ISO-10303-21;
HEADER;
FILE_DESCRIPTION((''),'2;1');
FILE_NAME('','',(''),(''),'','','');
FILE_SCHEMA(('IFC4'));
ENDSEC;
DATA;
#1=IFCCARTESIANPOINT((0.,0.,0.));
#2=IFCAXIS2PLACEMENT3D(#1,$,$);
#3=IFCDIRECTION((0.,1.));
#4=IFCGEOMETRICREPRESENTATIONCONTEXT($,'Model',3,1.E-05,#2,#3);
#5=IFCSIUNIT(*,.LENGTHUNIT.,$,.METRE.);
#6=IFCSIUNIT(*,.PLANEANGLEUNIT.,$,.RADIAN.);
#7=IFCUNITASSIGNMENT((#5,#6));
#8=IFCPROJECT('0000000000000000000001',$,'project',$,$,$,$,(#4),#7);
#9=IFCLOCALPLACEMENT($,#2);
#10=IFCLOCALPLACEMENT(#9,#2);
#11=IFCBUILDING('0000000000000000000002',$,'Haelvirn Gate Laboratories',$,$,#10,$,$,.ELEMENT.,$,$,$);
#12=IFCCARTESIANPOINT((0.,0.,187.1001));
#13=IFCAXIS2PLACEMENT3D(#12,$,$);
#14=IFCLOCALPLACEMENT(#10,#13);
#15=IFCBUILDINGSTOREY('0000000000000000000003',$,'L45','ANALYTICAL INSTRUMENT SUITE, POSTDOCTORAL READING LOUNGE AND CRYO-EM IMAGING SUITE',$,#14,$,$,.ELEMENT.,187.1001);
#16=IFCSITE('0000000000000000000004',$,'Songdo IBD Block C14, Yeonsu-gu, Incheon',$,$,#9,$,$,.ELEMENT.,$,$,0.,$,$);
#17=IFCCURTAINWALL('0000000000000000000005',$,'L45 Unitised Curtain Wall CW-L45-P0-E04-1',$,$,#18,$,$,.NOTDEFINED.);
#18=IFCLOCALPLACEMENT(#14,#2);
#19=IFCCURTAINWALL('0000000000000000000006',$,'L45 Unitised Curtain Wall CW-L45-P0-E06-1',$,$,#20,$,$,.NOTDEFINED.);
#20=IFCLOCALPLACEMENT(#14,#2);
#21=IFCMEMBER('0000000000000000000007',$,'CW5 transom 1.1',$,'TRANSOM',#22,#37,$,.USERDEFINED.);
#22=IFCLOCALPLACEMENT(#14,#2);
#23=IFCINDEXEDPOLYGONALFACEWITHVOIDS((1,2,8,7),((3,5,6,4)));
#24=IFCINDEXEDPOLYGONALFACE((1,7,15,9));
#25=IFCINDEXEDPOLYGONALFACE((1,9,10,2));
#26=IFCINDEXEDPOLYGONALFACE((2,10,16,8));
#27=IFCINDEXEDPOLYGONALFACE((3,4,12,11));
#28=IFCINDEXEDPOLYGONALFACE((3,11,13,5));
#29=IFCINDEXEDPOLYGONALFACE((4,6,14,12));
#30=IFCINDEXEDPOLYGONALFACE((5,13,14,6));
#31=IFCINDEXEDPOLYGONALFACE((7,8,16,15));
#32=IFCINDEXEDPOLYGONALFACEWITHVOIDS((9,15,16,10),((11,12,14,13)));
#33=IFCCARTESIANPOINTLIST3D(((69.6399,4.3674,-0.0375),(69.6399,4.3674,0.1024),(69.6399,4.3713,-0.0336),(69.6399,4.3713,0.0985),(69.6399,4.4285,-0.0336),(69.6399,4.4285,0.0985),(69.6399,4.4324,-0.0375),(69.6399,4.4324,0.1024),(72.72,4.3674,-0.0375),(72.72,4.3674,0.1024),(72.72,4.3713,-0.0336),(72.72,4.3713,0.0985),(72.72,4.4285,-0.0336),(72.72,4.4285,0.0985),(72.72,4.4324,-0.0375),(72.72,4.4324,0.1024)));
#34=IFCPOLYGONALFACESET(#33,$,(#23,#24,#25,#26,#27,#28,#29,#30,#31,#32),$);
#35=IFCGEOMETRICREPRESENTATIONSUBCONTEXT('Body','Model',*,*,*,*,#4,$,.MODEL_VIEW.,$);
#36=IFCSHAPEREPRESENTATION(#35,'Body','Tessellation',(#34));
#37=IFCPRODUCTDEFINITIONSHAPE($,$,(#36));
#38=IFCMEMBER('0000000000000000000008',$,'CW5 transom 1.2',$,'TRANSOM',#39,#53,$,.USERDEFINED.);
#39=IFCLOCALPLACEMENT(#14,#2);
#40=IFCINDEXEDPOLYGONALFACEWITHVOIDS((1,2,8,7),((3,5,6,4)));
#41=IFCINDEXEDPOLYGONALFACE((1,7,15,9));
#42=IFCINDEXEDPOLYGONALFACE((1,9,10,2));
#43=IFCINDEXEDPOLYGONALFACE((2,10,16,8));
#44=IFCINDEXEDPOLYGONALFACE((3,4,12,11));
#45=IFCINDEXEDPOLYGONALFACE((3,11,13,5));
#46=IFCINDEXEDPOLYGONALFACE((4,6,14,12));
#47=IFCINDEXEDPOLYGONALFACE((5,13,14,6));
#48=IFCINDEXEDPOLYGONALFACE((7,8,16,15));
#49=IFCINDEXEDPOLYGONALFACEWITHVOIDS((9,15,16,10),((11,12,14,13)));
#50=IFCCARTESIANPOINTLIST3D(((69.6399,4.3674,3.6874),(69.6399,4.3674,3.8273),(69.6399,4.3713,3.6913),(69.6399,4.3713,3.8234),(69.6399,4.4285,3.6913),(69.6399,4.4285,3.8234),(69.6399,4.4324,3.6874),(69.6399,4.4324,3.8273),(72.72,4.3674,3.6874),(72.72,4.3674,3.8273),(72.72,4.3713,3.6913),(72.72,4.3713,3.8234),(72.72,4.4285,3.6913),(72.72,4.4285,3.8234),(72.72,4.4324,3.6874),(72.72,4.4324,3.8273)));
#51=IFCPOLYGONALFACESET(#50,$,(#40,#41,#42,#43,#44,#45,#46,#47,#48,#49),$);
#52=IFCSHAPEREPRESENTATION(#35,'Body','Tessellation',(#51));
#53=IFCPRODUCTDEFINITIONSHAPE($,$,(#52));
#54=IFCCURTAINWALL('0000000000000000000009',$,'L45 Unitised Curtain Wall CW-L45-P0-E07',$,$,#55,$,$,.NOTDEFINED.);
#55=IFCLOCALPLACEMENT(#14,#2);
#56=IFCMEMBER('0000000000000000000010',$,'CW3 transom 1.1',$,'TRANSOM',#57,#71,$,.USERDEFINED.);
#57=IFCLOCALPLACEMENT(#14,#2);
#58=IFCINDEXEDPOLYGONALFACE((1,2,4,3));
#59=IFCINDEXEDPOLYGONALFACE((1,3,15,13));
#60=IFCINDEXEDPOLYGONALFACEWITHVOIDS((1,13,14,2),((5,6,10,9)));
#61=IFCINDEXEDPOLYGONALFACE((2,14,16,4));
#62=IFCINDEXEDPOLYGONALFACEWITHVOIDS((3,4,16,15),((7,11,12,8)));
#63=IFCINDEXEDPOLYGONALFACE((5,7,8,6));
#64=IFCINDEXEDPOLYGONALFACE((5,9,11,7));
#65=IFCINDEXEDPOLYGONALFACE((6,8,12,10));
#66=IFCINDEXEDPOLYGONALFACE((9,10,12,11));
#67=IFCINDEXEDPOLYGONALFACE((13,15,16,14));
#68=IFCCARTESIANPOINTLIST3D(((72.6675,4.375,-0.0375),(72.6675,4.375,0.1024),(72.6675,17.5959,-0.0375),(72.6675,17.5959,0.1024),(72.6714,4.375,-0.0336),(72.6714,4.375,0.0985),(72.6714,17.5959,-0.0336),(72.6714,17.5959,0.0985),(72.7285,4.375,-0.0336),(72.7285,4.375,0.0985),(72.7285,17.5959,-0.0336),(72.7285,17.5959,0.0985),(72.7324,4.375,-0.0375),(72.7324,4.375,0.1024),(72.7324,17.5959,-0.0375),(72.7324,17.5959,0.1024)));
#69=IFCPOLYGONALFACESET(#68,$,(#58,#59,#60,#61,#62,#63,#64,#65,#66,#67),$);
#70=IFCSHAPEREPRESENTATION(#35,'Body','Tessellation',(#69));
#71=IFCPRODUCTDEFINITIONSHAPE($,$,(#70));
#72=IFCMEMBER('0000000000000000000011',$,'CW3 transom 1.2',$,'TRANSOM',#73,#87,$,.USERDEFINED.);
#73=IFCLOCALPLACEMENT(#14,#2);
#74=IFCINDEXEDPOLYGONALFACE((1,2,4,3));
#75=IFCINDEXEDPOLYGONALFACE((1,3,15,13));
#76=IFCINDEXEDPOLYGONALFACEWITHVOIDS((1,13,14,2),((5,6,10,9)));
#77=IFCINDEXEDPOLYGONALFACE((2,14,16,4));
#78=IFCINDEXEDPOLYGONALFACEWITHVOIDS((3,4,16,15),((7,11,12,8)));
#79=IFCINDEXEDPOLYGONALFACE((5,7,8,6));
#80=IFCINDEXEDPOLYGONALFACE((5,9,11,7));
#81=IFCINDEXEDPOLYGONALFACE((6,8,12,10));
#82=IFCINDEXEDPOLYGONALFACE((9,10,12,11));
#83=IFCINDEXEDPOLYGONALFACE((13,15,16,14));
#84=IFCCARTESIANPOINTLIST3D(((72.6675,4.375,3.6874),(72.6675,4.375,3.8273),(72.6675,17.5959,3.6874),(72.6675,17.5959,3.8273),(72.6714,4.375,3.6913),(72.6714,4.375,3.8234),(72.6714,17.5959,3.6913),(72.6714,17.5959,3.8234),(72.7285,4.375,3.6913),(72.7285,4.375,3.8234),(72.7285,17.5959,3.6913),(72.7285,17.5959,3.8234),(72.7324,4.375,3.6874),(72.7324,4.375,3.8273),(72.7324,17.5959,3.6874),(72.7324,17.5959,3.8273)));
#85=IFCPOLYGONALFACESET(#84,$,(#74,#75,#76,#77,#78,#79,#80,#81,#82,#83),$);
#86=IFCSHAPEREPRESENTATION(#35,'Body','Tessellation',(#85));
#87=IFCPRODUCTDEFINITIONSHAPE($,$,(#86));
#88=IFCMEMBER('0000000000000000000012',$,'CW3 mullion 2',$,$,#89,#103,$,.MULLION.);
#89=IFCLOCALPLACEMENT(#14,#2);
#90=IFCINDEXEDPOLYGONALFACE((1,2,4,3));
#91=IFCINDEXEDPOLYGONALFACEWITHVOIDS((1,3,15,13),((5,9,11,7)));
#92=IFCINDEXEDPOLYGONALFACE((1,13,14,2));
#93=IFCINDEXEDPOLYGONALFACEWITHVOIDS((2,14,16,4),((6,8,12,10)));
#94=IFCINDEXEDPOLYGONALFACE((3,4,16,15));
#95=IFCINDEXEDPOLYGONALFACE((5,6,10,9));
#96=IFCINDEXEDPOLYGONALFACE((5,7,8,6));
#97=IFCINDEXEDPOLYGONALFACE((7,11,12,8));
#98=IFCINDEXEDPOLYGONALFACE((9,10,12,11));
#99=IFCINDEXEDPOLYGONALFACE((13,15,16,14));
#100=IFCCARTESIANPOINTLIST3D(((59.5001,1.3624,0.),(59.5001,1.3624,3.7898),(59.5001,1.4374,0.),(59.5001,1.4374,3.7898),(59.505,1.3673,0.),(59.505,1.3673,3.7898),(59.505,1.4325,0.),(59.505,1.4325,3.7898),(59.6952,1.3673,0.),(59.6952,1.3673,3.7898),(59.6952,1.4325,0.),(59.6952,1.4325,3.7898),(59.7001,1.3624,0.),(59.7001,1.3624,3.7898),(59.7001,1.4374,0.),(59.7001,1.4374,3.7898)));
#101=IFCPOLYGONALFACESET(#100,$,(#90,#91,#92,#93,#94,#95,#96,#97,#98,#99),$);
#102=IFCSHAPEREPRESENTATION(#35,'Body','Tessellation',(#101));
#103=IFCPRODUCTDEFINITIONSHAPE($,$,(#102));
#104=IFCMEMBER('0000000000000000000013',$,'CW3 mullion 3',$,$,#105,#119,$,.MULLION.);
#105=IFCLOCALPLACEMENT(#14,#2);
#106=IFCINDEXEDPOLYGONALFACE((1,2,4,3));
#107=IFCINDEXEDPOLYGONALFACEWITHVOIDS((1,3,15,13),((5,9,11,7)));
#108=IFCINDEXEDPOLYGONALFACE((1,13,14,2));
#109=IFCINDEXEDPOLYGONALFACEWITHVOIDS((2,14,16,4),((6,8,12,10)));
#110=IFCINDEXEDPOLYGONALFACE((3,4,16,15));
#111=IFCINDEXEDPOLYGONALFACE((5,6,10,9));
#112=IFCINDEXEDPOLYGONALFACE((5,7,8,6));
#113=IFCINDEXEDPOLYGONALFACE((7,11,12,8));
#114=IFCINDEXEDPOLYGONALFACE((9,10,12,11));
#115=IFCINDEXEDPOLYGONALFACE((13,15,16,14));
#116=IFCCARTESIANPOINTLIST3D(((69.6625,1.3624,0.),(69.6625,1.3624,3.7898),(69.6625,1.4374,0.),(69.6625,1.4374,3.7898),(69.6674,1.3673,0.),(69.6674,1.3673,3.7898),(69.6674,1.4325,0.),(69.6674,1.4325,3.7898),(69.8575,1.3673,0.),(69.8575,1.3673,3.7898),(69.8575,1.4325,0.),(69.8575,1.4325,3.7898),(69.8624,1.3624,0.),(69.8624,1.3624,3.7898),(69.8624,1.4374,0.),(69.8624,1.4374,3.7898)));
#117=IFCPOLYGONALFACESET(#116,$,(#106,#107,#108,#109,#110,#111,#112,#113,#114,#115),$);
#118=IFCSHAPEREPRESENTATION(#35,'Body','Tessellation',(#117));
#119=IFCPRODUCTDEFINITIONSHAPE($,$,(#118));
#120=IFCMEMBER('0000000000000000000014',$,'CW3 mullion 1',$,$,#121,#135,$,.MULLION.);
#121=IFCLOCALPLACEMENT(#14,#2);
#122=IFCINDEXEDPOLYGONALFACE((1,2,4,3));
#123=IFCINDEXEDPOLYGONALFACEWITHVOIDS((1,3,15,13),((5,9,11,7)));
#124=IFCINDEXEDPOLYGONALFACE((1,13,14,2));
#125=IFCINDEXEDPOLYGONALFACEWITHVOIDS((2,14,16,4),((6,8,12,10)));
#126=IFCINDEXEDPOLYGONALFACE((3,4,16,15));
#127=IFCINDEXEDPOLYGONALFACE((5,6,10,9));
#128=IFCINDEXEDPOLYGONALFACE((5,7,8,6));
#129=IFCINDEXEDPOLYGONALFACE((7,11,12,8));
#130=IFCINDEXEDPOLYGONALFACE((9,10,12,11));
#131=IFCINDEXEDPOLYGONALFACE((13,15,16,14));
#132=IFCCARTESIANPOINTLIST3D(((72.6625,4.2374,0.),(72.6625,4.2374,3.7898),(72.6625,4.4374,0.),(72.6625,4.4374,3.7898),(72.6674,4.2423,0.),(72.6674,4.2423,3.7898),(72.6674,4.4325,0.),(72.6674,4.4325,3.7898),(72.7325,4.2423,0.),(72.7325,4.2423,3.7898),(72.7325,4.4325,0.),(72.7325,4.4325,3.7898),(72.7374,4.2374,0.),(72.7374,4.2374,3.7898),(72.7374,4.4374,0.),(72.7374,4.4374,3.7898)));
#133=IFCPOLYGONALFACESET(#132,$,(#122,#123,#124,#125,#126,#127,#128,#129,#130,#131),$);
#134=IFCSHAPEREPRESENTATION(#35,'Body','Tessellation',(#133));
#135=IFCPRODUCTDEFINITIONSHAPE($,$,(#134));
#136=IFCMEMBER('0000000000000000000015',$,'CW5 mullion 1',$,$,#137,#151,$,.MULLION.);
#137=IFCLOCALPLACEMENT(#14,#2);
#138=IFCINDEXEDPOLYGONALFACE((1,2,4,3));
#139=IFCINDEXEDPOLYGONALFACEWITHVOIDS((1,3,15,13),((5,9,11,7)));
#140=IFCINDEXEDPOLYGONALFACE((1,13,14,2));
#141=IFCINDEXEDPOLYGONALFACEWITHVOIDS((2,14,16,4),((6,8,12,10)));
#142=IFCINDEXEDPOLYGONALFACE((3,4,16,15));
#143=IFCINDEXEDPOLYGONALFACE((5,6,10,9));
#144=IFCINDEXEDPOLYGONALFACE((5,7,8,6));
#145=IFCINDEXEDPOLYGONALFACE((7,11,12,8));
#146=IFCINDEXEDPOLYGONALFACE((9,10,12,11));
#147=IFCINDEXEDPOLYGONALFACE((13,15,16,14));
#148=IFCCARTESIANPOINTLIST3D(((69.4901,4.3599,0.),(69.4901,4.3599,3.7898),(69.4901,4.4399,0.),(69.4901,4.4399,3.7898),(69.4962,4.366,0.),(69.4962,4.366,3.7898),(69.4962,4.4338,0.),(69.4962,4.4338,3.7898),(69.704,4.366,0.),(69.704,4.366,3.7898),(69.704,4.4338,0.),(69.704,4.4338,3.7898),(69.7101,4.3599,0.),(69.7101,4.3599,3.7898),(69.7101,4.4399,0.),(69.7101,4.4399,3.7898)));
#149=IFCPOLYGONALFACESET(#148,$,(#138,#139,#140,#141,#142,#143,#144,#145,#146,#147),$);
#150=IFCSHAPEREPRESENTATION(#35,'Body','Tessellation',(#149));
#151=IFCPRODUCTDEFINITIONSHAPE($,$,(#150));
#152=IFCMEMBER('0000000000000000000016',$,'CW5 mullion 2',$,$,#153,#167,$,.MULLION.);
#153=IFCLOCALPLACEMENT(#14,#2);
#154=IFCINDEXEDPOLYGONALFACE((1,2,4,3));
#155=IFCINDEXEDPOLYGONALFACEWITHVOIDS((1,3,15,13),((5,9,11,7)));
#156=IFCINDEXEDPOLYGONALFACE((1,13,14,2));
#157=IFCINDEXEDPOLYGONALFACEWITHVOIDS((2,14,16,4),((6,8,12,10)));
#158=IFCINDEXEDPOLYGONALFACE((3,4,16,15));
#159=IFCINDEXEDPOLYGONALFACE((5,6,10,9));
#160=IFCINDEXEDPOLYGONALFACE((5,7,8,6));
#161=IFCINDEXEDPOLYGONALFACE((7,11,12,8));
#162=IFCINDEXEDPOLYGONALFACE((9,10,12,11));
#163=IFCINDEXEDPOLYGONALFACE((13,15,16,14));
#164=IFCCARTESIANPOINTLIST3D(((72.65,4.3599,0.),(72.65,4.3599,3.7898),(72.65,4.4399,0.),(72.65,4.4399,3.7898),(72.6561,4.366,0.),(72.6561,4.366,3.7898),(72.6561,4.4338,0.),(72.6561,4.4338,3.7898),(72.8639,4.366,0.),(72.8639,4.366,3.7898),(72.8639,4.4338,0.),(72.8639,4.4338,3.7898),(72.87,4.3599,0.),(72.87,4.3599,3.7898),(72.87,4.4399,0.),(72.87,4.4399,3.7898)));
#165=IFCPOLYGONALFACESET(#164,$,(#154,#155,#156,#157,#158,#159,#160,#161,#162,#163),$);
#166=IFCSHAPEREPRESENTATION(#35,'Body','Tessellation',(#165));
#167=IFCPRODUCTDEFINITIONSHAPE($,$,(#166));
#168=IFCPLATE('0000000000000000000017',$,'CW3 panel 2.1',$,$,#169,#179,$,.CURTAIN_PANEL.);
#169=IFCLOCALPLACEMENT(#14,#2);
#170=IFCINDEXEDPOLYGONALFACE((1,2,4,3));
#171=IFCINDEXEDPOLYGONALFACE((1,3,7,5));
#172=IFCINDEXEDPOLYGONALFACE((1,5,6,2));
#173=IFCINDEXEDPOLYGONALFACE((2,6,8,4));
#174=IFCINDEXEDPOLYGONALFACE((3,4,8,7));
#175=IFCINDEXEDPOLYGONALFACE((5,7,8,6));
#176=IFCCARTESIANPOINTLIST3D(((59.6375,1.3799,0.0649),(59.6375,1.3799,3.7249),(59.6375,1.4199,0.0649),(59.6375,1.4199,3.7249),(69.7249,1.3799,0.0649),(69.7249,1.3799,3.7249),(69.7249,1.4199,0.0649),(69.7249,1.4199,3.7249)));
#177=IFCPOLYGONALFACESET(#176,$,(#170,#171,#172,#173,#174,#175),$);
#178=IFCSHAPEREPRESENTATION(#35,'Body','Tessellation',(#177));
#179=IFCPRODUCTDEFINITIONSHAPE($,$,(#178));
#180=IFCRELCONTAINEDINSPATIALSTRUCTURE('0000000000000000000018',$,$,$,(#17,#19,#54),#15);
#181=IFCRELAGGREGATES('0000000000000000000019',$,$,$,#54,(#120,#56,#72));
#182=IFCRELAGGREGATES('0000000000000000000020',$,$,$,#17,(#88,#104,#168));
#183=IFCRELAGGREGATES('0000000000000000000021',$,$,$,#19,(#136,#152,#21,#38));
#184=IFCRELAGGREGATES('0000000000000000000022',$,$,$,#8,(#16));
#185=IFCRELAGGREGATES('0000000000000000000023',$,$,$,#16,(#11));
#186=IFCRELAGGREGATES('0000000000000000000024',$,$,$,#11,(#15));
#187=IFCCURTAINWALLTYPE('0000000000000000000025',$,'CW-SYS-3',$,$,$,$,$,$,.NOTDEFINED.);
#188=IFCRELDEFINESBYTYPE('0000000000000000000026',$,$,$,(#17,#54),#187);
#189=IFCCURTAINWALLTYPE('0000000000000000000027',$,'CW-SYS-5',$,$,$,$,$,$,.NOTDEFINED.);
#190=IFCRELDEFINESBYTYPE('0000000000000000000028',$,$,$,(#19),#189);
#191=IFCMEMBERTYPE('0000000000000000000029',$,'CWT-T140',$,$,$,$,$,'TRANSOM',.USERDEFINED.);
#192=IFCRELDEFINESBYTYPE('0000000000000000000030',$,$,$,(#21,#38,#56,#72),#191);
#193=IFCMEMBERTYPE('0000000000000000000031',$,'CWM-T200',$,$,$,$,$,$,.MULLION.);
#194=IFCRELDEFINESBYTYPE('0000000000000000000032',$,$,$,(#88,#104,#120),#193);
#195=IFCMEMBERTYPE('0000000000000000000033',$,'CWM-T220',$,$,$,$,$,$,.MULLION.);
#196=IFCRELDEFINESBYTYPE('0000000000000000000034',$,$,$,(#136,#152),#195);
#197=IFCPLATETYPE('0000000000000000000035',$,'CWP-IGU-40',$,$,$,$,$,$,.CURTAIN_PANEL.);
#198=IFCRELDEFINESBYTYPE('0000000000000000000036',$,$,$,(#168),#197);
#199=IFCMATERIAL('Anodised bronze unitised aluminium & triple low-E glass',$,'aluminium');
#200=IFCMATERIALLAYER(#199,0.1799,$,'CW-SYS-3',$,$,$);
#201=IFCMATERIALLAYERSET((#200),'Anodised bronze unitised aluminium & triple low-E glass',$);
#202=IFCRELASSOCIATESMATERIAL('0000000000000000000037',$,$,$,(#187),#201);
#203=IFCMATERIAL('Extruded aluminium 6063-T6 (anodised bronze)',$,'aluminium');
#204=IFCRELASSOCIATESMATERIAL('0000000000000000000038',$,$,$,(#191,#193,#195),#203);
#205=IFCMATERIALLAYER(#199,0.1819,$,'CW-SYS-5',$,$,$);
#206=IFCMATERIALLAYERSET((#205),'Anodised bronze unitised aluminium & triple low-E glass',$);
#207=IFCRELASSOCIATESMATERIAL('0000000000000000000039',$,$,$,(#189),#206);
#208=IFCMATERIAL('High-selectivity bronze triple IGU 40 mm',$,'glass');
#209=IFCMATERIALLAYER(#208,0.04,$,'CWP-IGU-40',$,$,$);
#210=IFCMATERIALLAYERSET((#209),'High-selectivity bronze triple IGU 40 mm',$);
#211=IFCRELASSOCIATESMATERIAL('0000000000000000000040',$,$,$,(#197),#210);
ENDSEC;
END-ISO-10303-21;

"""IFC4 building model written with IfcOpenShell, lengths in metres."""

from ifc_helpers import new_model, si_unit, direction, frame, origin, origin_2d, place, context, subcontext, project, spatial, rectangle, hollow_rectangle, extrude, source, transform, mapped, material, layer, layer_set, material_profile, profile_set, type_object, type_shapes, element, aggregate, save


model = new_model("IFC4")

# Units and contexts
model_context = context("Model", 3, precision=1e-05, world=origin(), true_north=direction((0.0, 1.0)))
body_context = subcontext(model_context, "Body", "Model", "MODEL_VIEW")
ifc_project = project(units=[si_unit("LENGTHUNIT", "METRE"), si_unit("PLANEANGLEUNIT", "RADIAN")], contexts=[model_context])

# Site, building, storey
site_placement = place(None, origin())
site = spatial("IfcSite", under=ifc_project, at=site_placement, Name="Songdo IBD Block C14, Yeonsu-gu, Incheon", CompositionType="ELEMENT", RefElevation=0.0)
building_placement = place(site_placement, origin())
building = spatial("IfcBuilding", under=site, at=building_placement, Name="Haelvirn Gate Laboratories", CompositionType="ELEMENT")
storey_placement = place(building_placement, frame((0.0, 0.0, 187.1001)))
storey = spatial("IfcBuildingStorey", under=building, at=storey_placement, Name="L45", Description="ANALYTICAL INSTRUMENT SUITE, POSTDOCTORAL READING LOUNGE AND CRYO-EM IMAGING SUITE", CompositionType="ELEMENT", Elevation=187.1001)

# Curtain walls, members
ifc_material_1 = material(Name="Anodised bronze unitised aluminium & triple low-E glass", Category="aluminium")
ifc_layer_1 = layer(ifc_material_1, 0.1799, Name="CW-SYS-3")
ifc_layer_set_1 = layer_set([ifc_layer_1], Name="Anodised bronze unitised aluminium & triple low-E glass")
curtain_wall_type_1 = type_object("IfcCurtainWallType", Name="CW-SYS-3", PredefinedType="NOTDEFINED", material=ifc_layer_set_1)
curtain_wall_1_placement = place(storey_placement, origin())
curtain_wall_1 = element("IfcCurtainWall", 1, at=curtain_wall_1_placement, inside=storey, type_object=curtain_wall_type_1, Name="L45 Unitised Curtain Wall CW-L45-P0-E04-1", PredefinedType="NOTDEFINED")
ifc_material_2 = material(Name="Extruded aluminium 6063-T6 (anodised bronze)", Category="aluminium")
ifc_material_profile_1 = material_profile(ifc_material_2, hollow_rectangle(XDim=0.0649, YDim=0.1399, WallThickness=0.0039, at=origin_2d()), Name="CWT-140x65x4")
ifc_profile_set_1 = profile_set([ifc_material_profile_1], Name="Extruded aluminium 6063-T6 (anodised bronze)")
member_type_1 = type_object("IfcMemberType", Name="CWT-T140", ElementType="TRANSOM", PredefinedType="USERDEFINED", material=ifc_profile_set_1)
ifc_layer_2 = layer(ifc_material_1, 0.1819, Name="CW-SYS-5")
ifc_layer_set_2 = layer_set([ifc_layer_2], Name="Anodised bronze unitised aluminium & triple low-E glass")
curtain_wall_type_2 = type_object("IfcCurtainWallType", Name="CW-SYS-5", PredefinedType="NOTDEFINED", material=ifc_layer_set_2)
curtain_wall_2_placement = place(storey_placement, origin())
curtain_wall_2 = element("IfcCurtainWall", 2, at=curtain_wall_2_placement, inside=storey, type_object=curtain_wall_type_2, Name="L45 Unitised Curtain Wall CW-L45-P0-E06-1", PredefinedType="NOTDEFINED")
shared_shape_1 = source(origin(), body_context, "Body", "SweptSolid", [
    extrude(hollow_rectangle(XDim=0.0649, YDim=0.1399, WallThickness=0.0039, at=origin_2d()), origin(), (0.0, 0.0, 1.0), 3.0801),
])
member_1_placement = place(storey_placement, frame((69.6399, 4.3999, 0.0325), z_axis=(1.0, 0.0, 0.0), x_axis=(0.0, 1.0, 0.0)))
member_1 = element("IfcMember", 3, at=member_1_placement, type_object=member_type_1, Name="CW5 transom 1.1", ObjectType="TRANSOM", PredefinedType="USERDEFINED", context=body_context, shape_type="MappedRepresentation", body=[
    mapped(shared_shape_1, transform((0.0, 0.0, 0.0), scale=1.0)),
])
member_2_placement = place(storey_placement, frame((69.6399, 4.3999, 3.7573), z_axis=(1.0, 0.0, 0.0), x_axis=(0.0, 1.0, 0.0)))
member_2 = element("IfcMember", 4, at=member_2_placement, type_object=member_type_1, Name="CW5 transom 1.2", ObjectType="TRANSOM", PredefinedType="USERDEFINED", context=body_context, shape_type="MappedRepresentation", body=[
    mapped(shared_shape_1, transform((0.0, 0.0, 0.0), scale=1.0)),
])
curtain_wall_3_placement = place(storey_placement, origin())
curtain_wall_3 = element("IfcCurtainWall", 5, at=curtain_wall_3_placement, inside=storey, type_object=curtain_wall_type_1, Name="L45 Unitised Curtain Wall CW-L45-P0-E07", PredefinedType="NOTDEFINED")
shared_shape_2 = source(origin(), body_context, "Body", "SweptSolid", [
    extrude(hollow_rectangle(XDim=0.0649, YDim=0.1399, WallThickness=0.0039, at=origin_2d()), origin(), (0.0, 0.0, 1.0), 13.2209),
])
member_3_placement = place(storey_placement, frame((72.7, 4.375, 0.0325), z_axis=(0.0, 1.0, 0.0), x_axis=(-1.0, 0.0, 0.0)))
member_3 = element("IfcMember", 6, at=member_3_placement, type_object=member_type_1, Name="CW3 transom 1.1", ObjectType="TRANSOM", PredefinedType="USERDEFINED", context=body_context, shape_type="MappedRepresentation", body=[
    mapped(shared_shape_2, transform((0.0, 0.0, 0.0), scale=1.0)),
])
member_4_placement = place(storey_placement, frame((72.7, 4.375, 3.7573), z_axis=(0.0, 1.0, 0.0), x_axis=(-1.0, 0.0, 0.0)))
member_4 = element("IfcMember", 7, at=member_4_placement, type_object=member_type_1, Name="CW3 transom 1.2", ObjectType="TRANSOM", PredefinedType="USERDEFINED", context=body_context, shape_type="MappedRepresentation", body=[
    mapped(shared_shape_2, transform((0.0, 0.0, 0.0), scale=1.0)),
])

# Members
ifc_material_profile_2 = material_profile(ifc_material_2, hollow_rectangle(XDim=0.075, YDim=0.2, WallThickness=0.0049, at=origin_2d()), Name="CWM-200x75x5")
ifc_profile_set_2 = profile_set([ifc_material_profile_2], Name="Extruded aluminium 6063-T6 (anodised bronze)")
member_type_2 = type_object("IfcMemberType", Name="CWM-T200", PredefinedType="MULLION", material=ifc_profile_set_2)
shared_shape_3 = source(origin(), body_context, "Body", "SweptSolid", [
    extrude(hollow_rectangle(XDim=0.075, YDim=0.2, WallThickness=0.0049, at=origin_2d()), origin(), (0.0, 0.0, 1.0), 3.7898),
])
type_shapes(member_type_2, [shared_shape_3])
member_5_placement = place(storey_placement, frame((59.6001, 1.3999, 0.0), z_axis=(0.0, 0.0, 1.0), x_axis=(0.0, 1.0, 0.0)))
member_5 = element("IfcMember", 8, at=member_5_placement, type_object=member_type_2, Name="CW3 mullion 2", PredefinedType="MULLION", context=body_context, shape_type="MappedRepresentation", body=[
    mapped(shared_shape_3, transform((0.0, 0.0, 0.0), scale=1.0)),
])
member_6_placement = place(storey_placement, frame((69.7625, 1.3999, 0.0), z_axis=(0.0, 0.0, 1.0), x_axis=(0.0, 1.0, 0.0)))
member_6 = element("IfcMember", 9, at=member_6_placement, type_object=member_type_2, Name="CW3 mullion 3", PredefinedType="MULLION", context=body_context, shape_type="MappedRepresentation", body=[
    mapped(shared_shape_3, transform((0.0, 0.0, 0.0), scale=1.0)),
])
member_7_placement = place(storey_placement, frame((72.7, 4.3374, 0.0), z_axis=(0.0, 0.0, 1.0), x_axis=(-1.0, 0.0, 0.0)))
member_7 = element("IfcMember", 10, at=member_7_placement, type_object=member_type_2, Name="CW3 mullion 1", PredefinedType="MULLION", context=body_context, shape_type="MappedRepresentation", body=[
    mapped(shared_shape_3, transform((0.0, 0.0, 0.0), scale=1.0)),
])
aggregate(curtain_wall_3, [member_7, member_3, member_4])
ifc_material_profile_3 = material_profile(ifc_material_2, hollow_rectangle(XDim=0.0801, YDim=0.22, WallThickness=0.0061, at=origin_2d()), Name="CWM-220x80x6")
ifc_profile_set_3 = profile_set([ifc_material_profile_3], Name="Extruded aluminium 6063-T6 (anodised bronze)")
member_type_3 = type_object("IfcMemberType", Name="CWM-T220", PredefinedType="MULLION", material=ifc_profile_set_3)
shared_shape_4 = source(origin(), body_context, "Body", "SweptSolid", [
    extrude(hollow_rectangle(XDim=0.0801, YDim=0.22, WallThickness=0.0061, at=origin_2d()), origin(), (0.0, 0.0, 1.0), 3.7898),
])
type_shapes(member_type_3, [shared_shape_4])
member_8_placement = place(storey_placement, frame((69.6001, 4.3999, 0.0), z_axis=(0.0, 0.0, 1.0), x_axis=(0.0, 1.0, 0.0)))
member_8 = element("IfcMember", 11, at=member_8_placement, type_object=member_type_3, Name="CW5 mullion 1", PredefinedType="MULLION", context=body_context, shape_type="MappedRepresentation", body=[
    mapped(shared_shape_4, transform((0.0, 0.0, 0.0), scale=1.0)),
])
member_9_placement = place(storey_placement, frame((72.76, 4.3999, 0.0), z_axis=(0.0, 0.0, 1.0), x_axis=(0.0, 1.0, 0.0)))
member_9 = element("IfcMember", 12, at=member_9_placement, type_object=member_type_3, Name="CW5 mullion 2", PredefinedType="MULLION", context=body_context, shape_type="MappedRepresentation", body=[
    mapped(shared_shape_4, transform((0.0, 0.0, 0.0), scale=1.0)),
])

# Plate
ifc_material_3 = material(Name="High-selectivity bronze triple IGU 40 mm", Category="glass")
ifc_layer_3 = layer(ifc_material_3, 0.04, Name="CWP-IGU-40")
ifc_layer_set_3 = layer_set([ifc_layer_3], Name="High-selectivity bronze triple IGU 40 mm")
plate_type_1 = type_object("IfcPlateType", Name="CWP-IGU-40", PredefinedType="CURTAIN_PANEL", material=ifc_layer_set_3)
shared_shape_5 = source(origin(), body_context, "Body", "SweptSolid", [
    extrude(rectangle(XDim=10.0874, YDim=0.04, at=origin_2d()), origin(), (0.0, 0.0, 1.0), 3.6599),
])
type_shapes(plate_type_1, [shared_shape_5])
plate_1_placement = place(storey_placement, frame((64.6812, 1.3999, 0.0649), z_axis=(0.0, 0.0, 1.0), x_axis=(1.0, 0.0, 0.0)))
plate_1 = element("IfcPlate", 13, at=plate_1_placement, type_object=plate_type_1, Name="CW3 panel 2.1", PredefinedType="CURTAIN_PANEL", context=body_context, shape_type="MappedRepresentation", body=[
    mapped(shared_shape_5, transform((0.0, 0.0, 0.0), scale=1.0)),
])
aggregate(curtain_wall_1, [member_5, member_6, plate_1])
aggregate(curtain_wall_2, [member_8, member_9, member_1, member_2])

save(model, "model.ifc")
